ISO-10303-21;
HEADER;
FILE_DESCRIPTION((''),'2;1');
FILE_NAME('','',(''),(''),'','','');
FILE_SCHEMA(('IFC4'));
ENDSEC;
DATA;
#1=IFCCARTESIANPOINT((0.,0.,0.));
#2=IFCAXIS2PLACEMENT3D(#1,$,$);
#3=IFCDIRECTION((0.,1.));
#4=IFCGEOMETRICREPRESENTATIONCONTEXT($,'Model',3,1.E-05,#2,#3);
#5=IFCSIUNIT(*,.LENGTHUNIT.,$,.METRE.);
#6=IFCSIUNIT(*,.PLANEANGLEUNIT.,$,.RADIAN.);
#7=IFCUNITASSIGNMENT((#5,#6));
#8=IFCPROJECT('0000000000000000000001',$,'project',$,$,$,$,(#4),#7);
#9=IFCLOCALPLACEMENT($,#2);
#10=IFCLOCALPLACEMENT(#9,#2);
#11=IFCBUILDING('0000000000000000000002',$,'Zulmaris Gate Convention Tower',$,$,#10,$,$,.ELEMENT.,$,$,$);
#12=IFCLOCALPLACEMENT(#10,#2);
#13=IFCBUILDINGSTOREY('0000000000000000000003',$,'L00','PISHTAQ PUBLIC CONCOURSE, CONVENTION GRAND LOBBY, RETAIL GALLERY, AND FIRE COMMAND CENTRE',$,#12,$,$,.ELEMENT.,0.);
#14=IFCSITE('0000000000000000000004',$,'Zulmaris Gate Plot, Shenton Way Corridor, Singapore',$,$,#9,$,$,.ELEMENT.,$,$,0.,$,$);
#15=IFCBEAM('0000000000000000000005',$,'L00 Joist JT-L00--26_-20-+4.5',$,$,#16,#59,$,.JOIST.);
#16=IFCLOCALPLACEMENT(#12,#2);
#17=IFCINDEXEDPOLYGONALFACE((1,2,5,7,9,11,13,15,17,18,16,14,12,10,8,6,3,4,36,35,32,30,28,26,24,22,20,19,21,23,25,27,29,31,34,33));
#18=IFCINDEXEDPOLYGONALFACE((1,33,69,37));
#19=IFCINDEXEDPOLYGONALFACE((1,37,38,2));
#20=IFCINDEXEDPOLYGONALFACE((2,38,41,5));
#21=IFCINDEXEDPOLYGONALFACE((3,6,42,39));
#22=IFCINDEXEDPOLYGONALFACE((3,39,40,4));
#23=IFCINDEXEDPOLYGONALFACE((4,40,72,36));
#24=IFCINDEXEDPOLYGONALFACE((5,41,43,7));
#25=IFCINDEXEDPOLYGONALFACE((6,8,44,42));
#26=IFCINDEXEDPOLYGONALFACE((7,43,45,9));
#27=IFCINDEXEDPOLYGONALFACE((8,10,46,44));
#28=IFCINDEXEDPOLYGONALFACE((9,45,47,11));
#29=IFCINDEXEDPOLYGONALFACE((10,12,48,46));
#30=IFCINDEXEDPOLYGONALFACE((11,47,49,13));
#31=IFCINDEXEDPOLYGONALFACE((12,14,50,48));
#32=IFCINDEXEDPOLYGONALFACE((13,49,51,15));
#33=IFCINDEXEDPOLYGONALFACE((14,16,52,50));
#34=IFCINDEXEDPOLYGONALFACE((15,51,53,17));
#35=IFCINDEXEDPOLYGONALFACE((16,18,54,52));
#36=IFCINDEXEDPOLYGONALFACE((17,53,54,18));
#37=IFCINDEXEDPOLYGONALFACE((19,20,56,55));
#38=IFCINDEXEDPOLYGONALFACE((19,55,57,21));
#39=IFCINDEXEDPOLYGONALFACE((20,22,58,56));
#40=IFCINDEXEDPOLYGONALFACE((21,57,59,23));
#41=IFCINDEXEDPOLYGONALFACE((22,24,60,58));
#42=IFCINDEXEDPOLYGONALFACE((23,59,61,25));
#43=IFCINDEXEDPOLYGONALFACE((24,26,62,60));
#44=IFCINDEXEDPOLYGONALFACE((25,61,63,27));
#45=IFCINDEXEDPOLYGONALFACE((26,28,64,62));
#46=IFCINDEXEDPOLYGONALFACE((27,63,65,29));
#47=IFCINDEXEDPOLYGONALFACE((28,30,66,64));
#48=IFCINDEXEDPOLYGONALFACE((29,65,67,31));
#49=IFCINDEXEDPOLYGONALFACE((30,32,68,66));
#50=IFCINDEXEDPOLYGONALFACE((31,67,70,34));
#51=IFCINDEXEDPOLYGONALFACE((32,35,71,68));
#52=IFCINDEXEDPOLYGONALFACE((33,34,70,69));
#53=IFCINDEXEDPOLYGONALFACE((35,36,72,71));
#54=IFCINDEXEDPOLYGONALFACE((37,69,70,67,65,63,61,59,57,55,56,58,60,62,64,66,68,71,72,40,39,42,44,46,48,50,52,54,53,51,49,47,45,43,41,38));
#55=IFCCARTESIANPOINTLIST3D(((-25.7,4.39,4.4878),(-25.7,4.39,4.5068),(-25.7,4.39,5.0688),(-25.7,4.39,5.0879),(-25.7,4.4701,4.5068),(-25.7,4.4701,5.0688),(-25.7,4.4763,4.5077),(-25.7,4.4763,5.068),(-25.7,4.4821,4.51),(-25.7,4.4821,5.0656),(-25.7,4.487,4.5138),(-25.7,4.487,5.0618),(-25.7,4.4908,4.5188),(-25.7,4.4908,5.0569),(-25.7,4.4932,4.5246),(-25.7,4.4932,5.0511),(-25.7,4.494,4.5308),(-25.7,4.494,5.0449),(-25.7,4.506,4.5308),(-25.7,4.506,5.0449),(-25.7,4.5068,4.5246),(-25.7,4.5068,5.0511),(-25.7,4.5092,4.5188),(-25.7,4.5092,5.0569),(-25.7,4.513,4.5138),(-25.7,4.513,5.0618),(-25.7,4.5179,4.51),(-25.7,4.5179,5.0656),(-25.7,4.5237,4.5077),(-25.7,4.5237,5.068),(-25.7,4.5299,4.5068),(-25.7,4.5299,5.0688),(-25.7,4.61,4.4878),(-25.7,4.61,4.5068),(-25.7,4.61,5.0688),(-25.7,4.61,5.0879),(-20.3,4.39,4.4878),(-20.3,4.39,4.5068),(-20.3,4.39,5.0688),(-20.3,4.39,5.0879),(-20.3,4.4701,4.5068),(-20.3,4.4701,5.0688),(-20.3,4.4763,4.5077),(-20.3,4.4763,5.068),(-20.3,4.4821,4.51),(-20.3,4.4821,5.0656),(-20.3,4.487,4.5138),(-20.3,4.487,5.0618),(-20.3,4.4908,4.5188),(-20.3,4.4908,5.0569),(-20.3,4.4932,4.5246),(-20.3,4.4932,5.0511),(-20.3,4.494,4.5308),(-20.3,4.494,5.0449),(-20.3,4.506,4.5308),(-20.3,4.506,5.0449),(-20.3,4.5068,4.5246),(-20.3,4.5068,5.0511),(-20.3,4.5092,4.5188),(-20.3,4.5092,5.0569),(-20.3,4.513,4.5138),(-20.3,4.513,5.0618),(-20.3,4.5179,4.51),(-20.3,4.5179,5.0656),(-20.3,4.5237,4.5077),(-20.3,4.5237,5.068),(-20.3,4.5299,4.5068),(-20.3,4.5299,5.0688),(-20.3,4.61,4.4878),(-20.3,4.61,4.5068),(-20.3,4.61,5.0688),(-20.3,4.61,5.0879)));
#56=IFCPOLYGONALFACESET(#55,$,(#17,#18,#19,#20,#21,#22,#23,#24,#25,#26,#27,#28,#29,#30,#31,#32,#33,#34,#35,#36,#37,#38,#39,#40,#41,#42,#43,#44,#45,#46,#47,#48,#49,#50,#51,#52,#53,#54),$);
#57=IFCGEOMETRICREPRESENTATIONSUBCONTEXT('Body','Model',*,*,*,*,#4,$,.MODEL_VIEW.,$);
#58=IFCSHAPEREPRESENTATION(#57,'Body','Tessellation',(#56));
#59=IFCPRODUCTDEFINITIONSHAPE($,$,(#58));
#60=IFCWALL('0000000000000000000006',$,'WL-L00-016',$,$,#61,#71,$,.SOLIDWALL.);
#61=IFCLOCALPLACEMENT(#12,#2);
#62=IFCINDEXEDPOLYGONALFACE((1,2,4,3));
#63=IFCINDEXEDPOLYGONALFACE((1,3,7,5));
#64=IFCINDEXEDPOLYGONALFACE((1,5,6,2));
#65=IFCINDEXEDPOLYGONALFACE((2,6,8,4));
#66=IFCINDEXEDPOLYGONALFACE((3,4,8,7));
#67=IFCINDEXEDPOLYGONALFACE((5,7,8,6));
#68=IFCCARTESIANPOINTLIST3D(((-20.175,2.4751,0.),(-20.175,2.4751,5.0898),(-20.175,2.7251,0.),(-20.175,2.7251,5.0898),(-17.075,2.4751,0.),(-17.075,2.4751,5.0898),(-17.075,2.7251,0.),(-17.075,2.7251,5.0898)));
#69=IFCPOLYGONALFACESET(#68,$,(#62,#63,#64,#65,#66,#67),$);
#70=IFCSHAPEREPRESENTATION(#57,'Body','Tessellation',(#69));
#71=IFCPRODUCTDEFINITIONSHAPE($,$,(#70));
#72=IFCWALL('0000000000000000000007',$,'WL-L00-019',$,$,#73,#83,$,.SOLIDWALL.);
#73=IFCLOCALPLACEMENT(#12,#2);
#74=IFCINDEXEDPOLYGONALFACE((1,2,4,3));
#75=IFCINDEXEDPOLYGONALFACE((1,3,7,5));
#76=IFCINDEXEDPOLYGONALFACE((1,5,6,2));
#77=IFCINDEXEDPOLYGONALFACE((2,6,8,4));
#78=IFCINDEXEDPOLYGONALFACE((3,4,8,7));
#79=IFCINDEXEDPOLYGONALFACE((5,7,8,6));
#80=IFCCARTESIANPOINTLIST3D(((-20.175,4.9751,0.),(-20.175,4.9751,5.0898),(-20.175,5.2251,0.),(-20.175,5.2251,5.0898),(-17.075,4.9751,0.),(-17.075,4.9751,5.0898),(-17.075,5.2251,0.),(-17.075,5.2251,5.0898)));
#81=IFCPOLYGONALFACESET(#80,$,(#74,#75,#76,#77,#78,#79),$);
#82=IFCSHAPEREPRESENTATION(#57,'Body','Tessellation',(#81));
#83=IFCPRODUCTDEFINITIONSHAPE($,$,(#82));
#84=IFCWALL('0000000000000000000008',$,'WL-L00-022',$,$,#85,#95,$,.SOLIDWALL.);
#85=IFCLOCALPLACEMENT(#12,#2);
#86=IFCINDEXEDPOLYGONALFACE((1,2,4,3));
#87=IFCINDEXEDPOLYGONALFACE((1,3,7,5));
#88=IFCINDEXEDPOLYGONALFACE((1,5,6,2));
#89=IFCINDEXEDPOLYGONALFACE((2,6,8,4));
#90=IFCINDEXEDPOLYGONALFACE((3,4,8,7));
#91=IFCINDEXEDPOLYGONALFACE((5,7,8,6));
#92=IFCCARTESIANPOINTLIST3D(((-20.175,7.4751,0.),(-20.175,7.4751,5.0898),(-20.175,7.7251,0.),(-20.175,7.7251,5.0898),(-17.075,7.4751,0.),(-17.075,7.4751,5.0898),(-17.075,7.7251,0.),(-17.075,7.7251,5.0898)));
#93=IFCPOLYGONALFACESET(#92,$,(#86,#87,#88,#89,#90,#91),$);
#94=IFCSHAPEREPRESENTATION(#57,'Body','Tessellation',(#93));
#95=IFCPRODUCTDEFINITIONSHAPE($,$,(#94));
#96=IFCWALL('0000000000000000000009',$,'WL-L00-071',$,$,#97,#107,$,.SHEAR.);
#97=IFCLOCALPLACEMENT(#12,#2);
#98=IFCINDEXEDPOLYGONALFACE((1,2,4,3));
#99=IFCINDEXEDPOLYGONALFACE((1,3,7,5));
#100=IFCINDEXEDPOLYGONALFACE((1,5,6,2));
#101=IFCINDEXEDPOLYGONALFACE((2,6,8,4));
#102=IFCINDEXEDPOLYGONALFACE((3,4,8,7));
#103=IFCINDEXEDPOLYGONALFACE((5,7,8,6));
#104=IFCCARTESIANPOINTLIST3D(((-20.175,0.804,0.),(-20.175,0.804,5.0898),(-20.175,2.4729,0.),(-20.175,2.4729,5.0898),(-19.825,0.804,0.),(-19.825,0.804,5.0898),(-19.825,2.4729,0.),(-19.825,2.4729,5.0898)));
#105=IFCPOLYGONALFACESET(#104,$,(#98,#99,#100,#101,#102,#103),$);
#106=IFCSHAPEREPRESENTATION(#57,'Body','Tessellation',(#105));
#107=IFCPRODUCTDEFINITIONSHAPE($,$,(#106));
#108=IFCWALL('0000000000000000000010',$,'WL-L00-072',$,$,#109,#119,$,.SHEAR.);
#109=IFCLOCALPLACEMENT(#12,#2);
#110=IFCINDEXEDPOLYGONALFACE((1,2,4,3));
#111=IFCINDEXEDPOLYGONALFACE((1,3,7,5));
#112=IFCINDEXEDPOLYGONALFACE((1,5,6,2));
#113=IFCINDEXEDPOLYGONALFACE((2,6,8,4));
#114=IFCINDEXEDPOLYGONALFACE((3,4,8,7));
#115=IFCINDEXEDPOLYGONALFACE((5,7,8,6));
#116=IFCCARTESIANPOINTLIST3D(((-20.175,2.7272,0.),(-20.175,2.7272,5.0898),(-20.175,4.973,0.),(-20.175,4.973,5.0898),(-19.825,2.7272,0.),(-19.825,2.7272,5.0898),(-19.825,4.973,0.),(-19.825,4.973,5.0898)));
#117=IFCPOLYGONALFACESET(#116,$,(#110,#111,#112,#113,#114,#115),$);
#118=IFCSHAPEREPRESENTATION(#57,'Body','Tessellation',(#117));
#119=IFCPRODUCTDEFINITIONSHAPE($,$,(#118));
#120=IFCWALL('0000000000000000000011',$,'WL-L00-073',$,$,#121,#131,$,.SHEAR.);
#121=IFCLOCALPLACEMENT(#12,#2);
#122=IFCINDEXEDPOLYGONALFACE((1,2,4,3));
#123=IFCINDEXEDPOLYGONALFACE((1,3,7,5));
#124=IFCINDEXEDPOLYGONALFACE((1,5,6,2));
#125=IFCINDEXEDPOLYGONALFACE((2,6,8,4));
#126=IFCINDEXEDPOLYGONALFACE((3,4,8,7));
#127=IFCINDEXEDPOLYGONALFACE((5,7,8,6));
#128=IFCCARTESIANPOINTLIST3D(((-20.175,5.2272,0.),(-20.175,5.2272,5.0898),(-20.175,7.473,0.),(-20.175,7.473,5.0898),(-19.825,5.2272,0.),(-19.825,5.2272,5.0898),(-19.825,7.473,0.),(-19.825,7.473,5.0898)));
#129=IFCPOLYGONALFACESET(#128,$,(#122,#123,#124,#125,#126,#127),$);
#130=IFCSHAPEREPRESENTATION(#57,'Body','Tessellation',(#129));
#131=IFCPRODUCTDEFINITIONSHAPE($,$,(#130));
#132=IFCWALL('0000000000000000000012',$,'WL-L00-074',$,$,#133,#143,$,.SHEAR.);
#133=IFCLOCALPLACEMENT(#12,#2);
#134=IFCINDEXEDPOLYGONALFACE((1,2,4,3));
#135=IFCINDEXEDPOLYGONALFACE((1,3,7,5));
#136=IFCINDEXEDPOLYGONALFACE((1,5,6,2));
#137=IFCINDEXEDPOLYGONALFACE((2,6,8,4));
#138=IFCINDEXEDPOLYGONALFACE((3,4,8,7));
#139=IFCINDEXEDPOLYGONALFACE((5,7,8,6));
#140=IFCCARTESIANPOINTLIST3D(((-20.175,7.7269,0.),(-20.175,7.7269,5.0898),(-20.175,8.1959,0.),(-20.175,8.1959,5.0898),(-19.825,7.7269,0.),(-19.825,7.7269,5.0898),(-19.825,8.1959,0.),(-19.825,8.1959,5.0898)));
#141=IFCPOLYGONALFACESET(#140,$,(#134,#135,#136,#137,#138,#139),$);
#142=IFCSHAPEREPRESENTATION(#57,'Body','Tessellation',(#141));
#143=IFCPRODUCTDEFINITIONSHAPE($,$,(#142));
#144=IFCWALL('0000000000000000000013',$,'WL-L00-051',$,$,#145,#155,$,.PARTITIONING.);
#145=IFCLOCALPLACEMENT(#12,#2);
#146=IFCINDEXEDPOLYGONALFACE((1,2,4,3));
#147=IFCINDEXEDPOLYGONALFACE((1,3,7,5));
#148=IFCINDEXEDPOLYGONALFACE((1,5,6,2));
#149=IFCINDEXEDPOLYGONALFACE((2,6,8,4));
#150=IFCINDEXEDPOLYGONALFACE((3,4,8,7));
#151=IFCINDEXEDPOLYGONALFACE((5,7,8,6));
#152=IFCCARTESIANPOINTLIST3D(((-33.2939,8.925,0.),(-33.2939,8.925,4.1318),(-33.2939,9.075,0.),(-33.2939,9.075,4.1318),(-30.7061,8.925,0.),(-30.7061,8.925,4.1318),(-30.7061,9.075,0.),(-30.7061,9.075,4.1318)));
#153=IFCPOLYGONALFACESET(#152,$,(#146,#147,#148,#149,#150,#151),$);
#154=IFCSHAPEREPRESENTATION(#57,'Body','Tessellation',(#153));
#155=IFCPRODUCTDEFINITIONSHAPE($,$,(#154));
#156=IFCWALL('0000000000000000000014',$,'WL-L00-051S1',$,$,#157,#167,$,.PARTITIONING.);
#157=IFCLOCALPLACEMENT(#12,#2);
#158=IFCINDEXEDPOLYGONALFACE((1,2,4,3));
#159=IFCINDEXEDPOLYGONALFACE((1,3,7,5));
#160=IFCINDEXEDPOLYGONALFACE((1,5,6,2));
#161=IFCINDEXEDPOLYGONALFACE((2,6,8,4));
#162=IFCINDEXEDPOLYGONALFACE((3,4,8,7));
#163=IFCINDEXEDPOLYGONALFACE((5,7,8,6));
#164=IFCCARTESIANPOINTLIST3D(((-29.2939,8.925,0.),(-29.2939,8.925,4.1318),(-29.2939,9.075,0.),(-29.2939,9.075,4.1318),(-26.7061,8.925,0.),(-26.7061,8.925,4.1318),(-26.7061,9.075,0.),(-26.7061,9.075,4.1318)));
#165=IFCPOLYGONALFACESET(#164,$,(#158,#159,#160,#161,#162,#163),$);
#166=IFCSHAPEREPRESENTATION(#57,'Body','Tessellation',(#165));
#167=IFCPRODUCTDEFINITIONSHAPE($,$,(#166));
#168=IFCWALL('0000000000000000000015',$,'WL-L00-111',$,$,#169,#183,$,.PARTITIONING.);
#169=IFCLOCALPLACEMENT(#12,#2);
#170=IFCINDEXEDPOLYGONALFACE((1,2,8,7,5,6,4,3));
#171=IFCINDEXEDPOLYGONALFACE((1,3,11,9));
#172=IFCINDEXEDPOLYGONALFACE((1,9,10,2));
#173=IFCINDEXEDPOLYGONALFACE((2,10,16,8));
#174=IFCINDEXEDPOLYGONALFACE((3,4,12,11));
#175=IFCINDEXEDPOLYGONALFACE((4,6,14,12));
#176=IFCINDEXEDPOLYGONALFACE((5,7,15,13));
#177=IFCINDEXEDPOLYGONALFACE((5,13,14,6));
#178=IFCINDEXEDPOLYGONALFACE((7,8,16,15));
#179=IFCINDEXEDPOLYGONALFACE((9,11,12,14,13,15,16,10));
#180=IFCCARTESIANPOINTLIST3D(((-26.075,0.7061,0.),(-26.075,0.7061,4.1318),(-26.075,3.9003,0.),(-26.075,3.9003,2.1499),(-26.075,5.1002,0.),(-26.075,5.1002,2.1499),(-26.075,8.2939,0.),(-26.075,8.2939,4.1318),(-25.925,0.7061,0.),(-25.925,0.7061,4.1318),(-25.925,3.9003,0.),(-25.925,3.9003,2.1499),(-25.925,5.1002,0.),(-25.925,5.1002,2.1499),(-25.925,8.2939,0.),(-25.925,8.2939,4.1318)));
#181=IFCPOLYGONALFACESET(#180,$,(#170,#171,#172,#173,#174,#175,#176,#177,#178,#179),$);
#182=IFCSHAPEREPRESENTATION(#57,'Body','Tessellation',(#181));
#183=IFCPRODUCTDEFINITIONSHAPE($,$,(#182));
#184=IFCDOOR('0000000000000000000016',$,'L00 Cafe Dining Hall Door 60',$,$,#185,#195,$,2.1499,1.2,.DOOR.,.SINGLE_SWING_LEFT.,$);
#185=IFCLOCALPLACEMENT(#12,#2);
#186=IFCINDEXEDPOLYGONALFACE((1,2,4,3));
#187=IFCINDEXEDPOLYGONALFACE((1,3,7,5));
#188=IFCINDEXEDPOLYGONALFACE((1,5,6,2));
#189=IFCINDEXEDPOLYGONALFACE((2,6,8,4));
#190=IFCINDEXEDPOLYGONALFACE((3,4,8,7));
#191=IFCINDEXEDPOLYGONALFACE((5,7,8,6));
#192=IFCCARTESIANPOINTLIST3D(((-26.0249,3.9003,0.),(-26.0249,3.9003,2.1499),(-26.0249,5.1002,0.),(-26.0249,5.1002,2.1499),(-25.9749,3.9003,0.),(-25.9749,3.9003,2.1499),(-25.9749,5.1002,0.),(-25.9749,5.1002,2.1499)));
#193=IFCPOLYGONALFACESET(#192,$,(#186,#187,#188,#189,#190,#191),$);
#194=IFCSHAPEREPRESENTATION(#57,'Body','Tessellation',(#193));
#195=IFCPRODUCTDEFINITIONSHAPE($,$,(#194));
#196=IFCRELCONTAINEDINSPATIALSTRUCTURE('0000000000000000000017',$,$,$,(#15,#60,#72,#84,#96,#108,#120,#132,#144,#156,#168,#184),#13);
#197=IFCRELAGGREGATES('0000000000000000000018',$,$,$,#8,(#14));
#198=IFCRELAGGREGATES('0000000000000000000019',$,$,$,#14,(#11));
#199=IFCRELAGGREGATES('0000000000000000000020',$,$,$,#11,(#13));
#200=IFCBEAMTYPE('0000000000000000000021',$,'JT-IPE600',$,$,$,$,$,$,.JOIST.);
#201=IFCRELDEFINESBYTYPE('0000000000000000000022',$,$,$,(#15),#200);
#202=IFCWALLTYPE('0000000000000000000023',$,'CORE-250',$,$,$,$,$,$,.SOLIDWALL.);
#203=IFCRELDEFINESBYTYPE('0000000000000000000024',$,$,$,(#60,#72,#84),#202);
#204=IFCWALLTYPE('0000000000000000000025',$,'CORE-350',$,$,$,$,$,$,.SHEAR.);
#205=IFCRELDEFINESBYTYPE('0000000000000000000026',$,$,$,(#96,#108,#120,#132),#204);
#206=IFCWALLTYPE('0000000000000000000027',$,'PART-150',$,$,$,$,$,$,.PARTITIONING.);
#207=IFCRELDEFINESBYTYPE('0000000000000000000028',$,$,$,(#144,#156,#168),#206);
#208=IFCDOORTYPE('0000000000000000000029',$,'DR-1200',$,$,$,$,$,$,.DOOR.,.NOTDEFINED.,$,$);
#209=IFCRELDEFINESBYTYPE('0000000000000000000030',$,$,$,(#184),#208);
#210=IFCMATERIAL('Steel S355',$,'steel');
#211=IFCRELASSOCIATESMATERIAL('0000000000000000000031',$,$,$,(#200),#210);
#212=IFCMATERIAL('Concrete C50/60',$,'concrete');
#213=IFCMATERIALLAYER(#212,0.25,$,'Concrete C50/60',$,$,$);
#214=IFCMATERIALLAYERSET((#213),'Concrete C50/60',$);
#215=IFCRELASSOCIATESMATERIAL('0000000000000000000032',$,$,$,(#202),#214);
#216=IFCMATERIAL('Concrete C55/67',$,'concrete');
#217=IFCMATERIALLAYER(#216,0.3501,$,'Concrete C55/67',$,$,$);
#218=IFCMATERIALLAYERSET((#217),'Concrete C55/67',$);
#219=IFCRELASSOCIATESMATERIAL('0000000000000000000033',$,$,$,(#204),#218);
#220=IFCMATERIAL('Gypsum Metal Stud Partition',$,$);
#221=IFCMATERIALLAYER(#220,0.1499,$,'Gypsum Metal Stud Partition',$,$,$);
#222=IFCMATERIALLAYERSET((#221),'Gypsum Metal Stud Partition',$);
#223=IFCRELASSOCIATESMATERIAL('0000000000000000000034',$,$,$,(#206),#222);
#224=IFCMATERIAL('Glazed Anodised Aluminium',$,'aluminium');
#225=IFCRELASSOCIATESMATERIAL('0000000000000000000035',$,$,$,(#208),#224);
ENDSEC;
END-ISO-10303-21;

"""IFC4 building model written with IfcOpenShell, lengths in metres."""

from ifc_helpers import new_model, si_unit, direction, frame, frame_2d, origin, origin_2d, place, context, subcontext, project, spatial, rectangle, i_section, extrude, material, layer, layer_set, material_profile, profile_set, type_object, element, fill, save


model = new_model("IFC4")

# Units and contexts
model_context = context("Model", 3, precision=1e-05, world=origin(), true_north=direction((0.0, 1.0)))
body_context = subcontext(model_context, "Body", "Model", "MODEL_VIEW")
ifc_project = project(units=[si_unit("LENGTHUNIT", "METRE"), si_unit("PLANEANGLEUNIT", "RADIAN")], contexts=[model_context])

# Site, building, storey
site_placement = place(None, origin())
site = spatial("IfcSite", under=ifc_project, at=site_placement, Name="Zulmaris Gate Plot, Shenton Way Corridor, Singapore", CompositionType="ELEMENT", RefElevation=0.0)
building_placement = place(site_placement, origin())
building = spatial("IfcBuilding", under=site, at=building_placement, Name="Zulmaris Gate Convention Tower", CompositionType="ELEMENT")
storey_placement = place(building_placement, origin())
storey = spatial("IfcBuildingStorey", under=building, at=storey_placement, Name="L00", Description="PISHTAQ PUBLIC CONCOURSE, CONVENTION GRAND LOBBY, RETAIL GALLERY, AND FIRE COMMAND CENTRE", CompositionType="ELEMENT", Elevation=0.0)

# Beam
ifc_material_1 = material(Name="Steel S355", Category="steel")
ifc_material_profile_1 = material_profile(ifc_material_1, i_section(OverallWidth=0.22, OverallDepth=0.6001, WebThickness=0.012, FlangeThickness=0.019, FilletRadius=0.0239, at=origin_2d()), Name="IPE 600")
ifc_profile_set_1 = profile_set([ifc_material_profile_1], Name="Steel S355")
beam_type_1 = type_object("IfcBeamType", Name="JT-IPE600", PredefinedType="JOIST", material=ifc_profile_set_1)
beam_1_placement = place(storey_placement, frame((-25.7, 4.5, 4.7878), z_axis=(1.0, 0.0, 0.0), x_axis=(0.0, 1.0, 0.0)))
element("IfcBeam", 1, at=beam_1_placement, inside=storey, type_object=beam_type_1, Name="L00 Joist JT-L00--26_-20-+4.5", PredefinedType="JOIST", context=body_context, shape_type="SweptSolid", body=[
    extrude(i_section(OverallWidth=0.22, OverallDepth=0.6001, WebThickness=0.012, FlangeThickness=0.019, FilletRadius=0.0239, at=origin_2d()), origin(), (0.0, 0.0, 1.0), 5.3999),
])

# Walls
ifc_material_2 = material(Name="Concrete C50/60", Category="concrete")
ifc_layer_1 = layer(ifc_material_2, 0.25, Name="Concrete C50/60")
ifc_layer_set_1 = layer_set([ifc_layer_1], Name="Concrete C50/60")
wall_type_1 = type_object("IfcWallType", Name="CORE-250", PredefinedType="SOLIDWALL", material=ifc_layer_set_1)
for number, where, z_axis, x_axis, name in (
    (2, (-20.175, 2.6001, 0.0), (0.0, 0.0, 1.0), (1.0, 0.0, 0.0), "WL-L00-016"),
    (3, (-20.175, 5.1001, 0.0), (0.0, 0.0, 1.0), (1.0, 0.0, 0.0), "WL-L00-019"),
    (4, (-20.175, 7.6001, 0.0), (0.0, 0.0, 1.0), (1.0, 0.0, 0.0), "WL-L00-022"),
):
    element("IfcWall", number, at=place(storey_placement, frame(where, z_axis=z_axis, x_axis=x_axis)), inside=storey, type_object=wall_type_1, Name=name, PredefinedType="SOLIDWALL", context=body_context, shape_type="SweptSolid", body=[
        extrude(rectangle(XDim=3.1001, YDim=0.25, at=frame_2d((1.55, 0.0))), origin(), (0.0, 0.0, 1.0), 5.0898),
    ])
ifc_material_3 = material(Name="Concrete C55/67", Category="concrete")
ifc_layer_2 = layer(ifc_material_3, 0.3501, Name="Concrete C55/67")
ifc_layer_set_2 = layer_set([ifc_layer_2], Name="Concrete C55/67")
wall_type_2 = type_object("IfcWallType", Name="CORE-350", PredefinedType="SHEAR", material=ifc_layer_set_2)
wall_1_placement = place(storey_placement, frame((-20.0, 0.804, 0.0), z_axis=(0.0, 0.0, 1.0), x_axis=(0.0, 1.0, 0.0)))
element("IfcWall", 5, at=wall_1_placement, inside=storey, type_object=wall_type_2, Name="WL-L00-071", PredefinedType="SHEAR", context=body_context, shape_type="SweptSolid", body=[
    extrude(rectangle(XDim=1.6689, YDim=0.3501, at=frame_2d((0.8345, 0.0))), origin(), (0.0, 0.0, 1.0), 5.0898),
])
for number, where, z_axis, x_axis, name in (
    (6, (-20.0, 2.7271, 0.0), (0.0, 0.0, 1.0), (0.0, 1.0, 0.0), "WL-L00-072"),
    (7, (-20.0, 5.2271, 0.0), (0.0, 0.0, 1.0), (0.0, 1.0, 0.0), "WL-L00-073"),
):
    element("IfcWall", number, at=place(storey_placement, frame(where, z_axis=z_axis, x_axis=x_axis)), inside=storey, type_object=wall_type_2, Name=name, PredefinedType="SHEAR", context=body_context, shape_type="SweptSolid", body=[
        extrude(rectangle(XDim=2.2458, YDim=0.3501, at=frame_2d((1.123, 0.0))), origin(), (0.0, 0.0, 1.0), 5.0898),
    ])
wall_2_placement = place(storey_placement, frame((-20.0, 7.7271, 0.0), z_axis=(0.0, 0.0, 1.0), x_axis=(0.0, 1.0, 0.0)))
element("IfcWall", 8, at=wall_2_placement, inside=storey, type_object=wall_type_2, Name="WL-L00-074", PredefinedType="SHEAR", context=body_context, shape_type="SweptSolid", body=[
    extrude(rectangle(XDim=0.469, YDim=0.3501, at=frame_2d((0.2344, 0.0))), origin(), (0.0, 0.0, 1.0), 5.0898),
])
ifc_material_4 = material(Name="Gypsum Metal Stud Partition")
ifc_layer_3 = layer(ifc_material_4, 0.1499, Name="Gypsum Metal Stud Partition")
ifc_layer_set_3 = layer_set([ifc_layer_3], Name="Gypsum Metal Stud Partition")
wall_type_3 = type_object("IfcWallType", Name="PART-150", PredefinedType="PARTITIONING", material=ifc_layer_set_3)
for number, where, z_axis, x_axis, name in (
    (9, (-33.2939, 9.0, 0.0), (0.0, 0.0, 1.0), (1.0, 0.0, 0.0), "WL-L00-051"),
    (10, (-29.2939, 9.0, 0.0), (0.0, 0.0, 1.0), (1.0, 0.0, 0.0), "WL-L00-051S1"),
):
    element("IfcWall", number, at=place(storey_placement, frame(where, z_axis=z_axis, x_axis=x_axis)), inside=storey, type_object=wall_type_3, Name=name, PredefinedType="PARTITIONING", context=body_context, shape_type="SweptSolid", body=[
        extrude(rectangle(XDim=2.5879, YDim=0.1499, at=frame_2d((1.2939, 0.0))), origin(), (0.0, 0.0, 1.0), 4.1318),
    ])

# Wall, opening, door
wall_3_placement = place(storey_placement, frame((-26.0, 0.7061, 0.0), z_axis=(0.0, 0.0, 1.0), x_axis=(0.0, 1.0, 0.0)))
wall_3 = element("IfcWall", 11, at=wall_3_placement, inside=storey, type_object=wall_type_3, Name="WL-L00-111", PredefinedType="PARTITIONING", context=body_context, shape_type="SweptSolid", body=[
    extrude(rectangle(XDim=7.5879, YDim=0.1499, at=frame_2d((3.7939, 0.0))), origin(), (0.0, 0.0, 1.0), 4.1318),
])
opening_1_placement = place(wall_3_placement, frame((3.1941, 0.0, 0.0)))
opening_1 = element("IfcOpeningElement", 12, at=opening_1_placement, cuts=wall_3, PredefinedType="OPENING", context=body_context, shape_type="SweptSolid", body=[
    extrude(rectangle(XDim=1.2, YDim=2.1499, at=frame_2d((0.6001, 1.075))), frame((0.0, 0.085, 0.0), z_axis=(0.0, -1.0, 0.0), x_axis=(1.0, 0.0, 0.0)), (0.0, 0.0, 1.0), 0.1699),
])
ifc_material_5 = material(Name="Glazed Anodised Aluminium", Category="aluminium")
door_type = type_object("IfcDoorType", Name="DR-1200", OperationType="NOTDEFINED", PredefinedType="DOOR", material=ifc_material_5)
door_placement = place(opening_1_placement, origin())
door = element("IfcDoor", 13, at=door_placement, inside=storey, type_object=door_type, Name="L00 Cafe Dining Hall Door 60", OperationType="SINGLE_SWING_LEFT", OverallHeight=2.1499, OverallWidth=1.2, PredefinedType="DOOR", context=body_context, shape_type="SweptSolid", body=[
    extrude(rectangle(XDim=1.2, YDim=2.1499, at=frame_2d((0.6001, 1.075))), frame((0.0, 0.0249, 0.0), z_axis=(0.0, -1.0, 0.0), x_axis=(1.0, 0.0, 0.0)), (0.0, 0.0, 1.0), 0.05),
])
fill(opening_1, door)

save(model, "model.ifc")
